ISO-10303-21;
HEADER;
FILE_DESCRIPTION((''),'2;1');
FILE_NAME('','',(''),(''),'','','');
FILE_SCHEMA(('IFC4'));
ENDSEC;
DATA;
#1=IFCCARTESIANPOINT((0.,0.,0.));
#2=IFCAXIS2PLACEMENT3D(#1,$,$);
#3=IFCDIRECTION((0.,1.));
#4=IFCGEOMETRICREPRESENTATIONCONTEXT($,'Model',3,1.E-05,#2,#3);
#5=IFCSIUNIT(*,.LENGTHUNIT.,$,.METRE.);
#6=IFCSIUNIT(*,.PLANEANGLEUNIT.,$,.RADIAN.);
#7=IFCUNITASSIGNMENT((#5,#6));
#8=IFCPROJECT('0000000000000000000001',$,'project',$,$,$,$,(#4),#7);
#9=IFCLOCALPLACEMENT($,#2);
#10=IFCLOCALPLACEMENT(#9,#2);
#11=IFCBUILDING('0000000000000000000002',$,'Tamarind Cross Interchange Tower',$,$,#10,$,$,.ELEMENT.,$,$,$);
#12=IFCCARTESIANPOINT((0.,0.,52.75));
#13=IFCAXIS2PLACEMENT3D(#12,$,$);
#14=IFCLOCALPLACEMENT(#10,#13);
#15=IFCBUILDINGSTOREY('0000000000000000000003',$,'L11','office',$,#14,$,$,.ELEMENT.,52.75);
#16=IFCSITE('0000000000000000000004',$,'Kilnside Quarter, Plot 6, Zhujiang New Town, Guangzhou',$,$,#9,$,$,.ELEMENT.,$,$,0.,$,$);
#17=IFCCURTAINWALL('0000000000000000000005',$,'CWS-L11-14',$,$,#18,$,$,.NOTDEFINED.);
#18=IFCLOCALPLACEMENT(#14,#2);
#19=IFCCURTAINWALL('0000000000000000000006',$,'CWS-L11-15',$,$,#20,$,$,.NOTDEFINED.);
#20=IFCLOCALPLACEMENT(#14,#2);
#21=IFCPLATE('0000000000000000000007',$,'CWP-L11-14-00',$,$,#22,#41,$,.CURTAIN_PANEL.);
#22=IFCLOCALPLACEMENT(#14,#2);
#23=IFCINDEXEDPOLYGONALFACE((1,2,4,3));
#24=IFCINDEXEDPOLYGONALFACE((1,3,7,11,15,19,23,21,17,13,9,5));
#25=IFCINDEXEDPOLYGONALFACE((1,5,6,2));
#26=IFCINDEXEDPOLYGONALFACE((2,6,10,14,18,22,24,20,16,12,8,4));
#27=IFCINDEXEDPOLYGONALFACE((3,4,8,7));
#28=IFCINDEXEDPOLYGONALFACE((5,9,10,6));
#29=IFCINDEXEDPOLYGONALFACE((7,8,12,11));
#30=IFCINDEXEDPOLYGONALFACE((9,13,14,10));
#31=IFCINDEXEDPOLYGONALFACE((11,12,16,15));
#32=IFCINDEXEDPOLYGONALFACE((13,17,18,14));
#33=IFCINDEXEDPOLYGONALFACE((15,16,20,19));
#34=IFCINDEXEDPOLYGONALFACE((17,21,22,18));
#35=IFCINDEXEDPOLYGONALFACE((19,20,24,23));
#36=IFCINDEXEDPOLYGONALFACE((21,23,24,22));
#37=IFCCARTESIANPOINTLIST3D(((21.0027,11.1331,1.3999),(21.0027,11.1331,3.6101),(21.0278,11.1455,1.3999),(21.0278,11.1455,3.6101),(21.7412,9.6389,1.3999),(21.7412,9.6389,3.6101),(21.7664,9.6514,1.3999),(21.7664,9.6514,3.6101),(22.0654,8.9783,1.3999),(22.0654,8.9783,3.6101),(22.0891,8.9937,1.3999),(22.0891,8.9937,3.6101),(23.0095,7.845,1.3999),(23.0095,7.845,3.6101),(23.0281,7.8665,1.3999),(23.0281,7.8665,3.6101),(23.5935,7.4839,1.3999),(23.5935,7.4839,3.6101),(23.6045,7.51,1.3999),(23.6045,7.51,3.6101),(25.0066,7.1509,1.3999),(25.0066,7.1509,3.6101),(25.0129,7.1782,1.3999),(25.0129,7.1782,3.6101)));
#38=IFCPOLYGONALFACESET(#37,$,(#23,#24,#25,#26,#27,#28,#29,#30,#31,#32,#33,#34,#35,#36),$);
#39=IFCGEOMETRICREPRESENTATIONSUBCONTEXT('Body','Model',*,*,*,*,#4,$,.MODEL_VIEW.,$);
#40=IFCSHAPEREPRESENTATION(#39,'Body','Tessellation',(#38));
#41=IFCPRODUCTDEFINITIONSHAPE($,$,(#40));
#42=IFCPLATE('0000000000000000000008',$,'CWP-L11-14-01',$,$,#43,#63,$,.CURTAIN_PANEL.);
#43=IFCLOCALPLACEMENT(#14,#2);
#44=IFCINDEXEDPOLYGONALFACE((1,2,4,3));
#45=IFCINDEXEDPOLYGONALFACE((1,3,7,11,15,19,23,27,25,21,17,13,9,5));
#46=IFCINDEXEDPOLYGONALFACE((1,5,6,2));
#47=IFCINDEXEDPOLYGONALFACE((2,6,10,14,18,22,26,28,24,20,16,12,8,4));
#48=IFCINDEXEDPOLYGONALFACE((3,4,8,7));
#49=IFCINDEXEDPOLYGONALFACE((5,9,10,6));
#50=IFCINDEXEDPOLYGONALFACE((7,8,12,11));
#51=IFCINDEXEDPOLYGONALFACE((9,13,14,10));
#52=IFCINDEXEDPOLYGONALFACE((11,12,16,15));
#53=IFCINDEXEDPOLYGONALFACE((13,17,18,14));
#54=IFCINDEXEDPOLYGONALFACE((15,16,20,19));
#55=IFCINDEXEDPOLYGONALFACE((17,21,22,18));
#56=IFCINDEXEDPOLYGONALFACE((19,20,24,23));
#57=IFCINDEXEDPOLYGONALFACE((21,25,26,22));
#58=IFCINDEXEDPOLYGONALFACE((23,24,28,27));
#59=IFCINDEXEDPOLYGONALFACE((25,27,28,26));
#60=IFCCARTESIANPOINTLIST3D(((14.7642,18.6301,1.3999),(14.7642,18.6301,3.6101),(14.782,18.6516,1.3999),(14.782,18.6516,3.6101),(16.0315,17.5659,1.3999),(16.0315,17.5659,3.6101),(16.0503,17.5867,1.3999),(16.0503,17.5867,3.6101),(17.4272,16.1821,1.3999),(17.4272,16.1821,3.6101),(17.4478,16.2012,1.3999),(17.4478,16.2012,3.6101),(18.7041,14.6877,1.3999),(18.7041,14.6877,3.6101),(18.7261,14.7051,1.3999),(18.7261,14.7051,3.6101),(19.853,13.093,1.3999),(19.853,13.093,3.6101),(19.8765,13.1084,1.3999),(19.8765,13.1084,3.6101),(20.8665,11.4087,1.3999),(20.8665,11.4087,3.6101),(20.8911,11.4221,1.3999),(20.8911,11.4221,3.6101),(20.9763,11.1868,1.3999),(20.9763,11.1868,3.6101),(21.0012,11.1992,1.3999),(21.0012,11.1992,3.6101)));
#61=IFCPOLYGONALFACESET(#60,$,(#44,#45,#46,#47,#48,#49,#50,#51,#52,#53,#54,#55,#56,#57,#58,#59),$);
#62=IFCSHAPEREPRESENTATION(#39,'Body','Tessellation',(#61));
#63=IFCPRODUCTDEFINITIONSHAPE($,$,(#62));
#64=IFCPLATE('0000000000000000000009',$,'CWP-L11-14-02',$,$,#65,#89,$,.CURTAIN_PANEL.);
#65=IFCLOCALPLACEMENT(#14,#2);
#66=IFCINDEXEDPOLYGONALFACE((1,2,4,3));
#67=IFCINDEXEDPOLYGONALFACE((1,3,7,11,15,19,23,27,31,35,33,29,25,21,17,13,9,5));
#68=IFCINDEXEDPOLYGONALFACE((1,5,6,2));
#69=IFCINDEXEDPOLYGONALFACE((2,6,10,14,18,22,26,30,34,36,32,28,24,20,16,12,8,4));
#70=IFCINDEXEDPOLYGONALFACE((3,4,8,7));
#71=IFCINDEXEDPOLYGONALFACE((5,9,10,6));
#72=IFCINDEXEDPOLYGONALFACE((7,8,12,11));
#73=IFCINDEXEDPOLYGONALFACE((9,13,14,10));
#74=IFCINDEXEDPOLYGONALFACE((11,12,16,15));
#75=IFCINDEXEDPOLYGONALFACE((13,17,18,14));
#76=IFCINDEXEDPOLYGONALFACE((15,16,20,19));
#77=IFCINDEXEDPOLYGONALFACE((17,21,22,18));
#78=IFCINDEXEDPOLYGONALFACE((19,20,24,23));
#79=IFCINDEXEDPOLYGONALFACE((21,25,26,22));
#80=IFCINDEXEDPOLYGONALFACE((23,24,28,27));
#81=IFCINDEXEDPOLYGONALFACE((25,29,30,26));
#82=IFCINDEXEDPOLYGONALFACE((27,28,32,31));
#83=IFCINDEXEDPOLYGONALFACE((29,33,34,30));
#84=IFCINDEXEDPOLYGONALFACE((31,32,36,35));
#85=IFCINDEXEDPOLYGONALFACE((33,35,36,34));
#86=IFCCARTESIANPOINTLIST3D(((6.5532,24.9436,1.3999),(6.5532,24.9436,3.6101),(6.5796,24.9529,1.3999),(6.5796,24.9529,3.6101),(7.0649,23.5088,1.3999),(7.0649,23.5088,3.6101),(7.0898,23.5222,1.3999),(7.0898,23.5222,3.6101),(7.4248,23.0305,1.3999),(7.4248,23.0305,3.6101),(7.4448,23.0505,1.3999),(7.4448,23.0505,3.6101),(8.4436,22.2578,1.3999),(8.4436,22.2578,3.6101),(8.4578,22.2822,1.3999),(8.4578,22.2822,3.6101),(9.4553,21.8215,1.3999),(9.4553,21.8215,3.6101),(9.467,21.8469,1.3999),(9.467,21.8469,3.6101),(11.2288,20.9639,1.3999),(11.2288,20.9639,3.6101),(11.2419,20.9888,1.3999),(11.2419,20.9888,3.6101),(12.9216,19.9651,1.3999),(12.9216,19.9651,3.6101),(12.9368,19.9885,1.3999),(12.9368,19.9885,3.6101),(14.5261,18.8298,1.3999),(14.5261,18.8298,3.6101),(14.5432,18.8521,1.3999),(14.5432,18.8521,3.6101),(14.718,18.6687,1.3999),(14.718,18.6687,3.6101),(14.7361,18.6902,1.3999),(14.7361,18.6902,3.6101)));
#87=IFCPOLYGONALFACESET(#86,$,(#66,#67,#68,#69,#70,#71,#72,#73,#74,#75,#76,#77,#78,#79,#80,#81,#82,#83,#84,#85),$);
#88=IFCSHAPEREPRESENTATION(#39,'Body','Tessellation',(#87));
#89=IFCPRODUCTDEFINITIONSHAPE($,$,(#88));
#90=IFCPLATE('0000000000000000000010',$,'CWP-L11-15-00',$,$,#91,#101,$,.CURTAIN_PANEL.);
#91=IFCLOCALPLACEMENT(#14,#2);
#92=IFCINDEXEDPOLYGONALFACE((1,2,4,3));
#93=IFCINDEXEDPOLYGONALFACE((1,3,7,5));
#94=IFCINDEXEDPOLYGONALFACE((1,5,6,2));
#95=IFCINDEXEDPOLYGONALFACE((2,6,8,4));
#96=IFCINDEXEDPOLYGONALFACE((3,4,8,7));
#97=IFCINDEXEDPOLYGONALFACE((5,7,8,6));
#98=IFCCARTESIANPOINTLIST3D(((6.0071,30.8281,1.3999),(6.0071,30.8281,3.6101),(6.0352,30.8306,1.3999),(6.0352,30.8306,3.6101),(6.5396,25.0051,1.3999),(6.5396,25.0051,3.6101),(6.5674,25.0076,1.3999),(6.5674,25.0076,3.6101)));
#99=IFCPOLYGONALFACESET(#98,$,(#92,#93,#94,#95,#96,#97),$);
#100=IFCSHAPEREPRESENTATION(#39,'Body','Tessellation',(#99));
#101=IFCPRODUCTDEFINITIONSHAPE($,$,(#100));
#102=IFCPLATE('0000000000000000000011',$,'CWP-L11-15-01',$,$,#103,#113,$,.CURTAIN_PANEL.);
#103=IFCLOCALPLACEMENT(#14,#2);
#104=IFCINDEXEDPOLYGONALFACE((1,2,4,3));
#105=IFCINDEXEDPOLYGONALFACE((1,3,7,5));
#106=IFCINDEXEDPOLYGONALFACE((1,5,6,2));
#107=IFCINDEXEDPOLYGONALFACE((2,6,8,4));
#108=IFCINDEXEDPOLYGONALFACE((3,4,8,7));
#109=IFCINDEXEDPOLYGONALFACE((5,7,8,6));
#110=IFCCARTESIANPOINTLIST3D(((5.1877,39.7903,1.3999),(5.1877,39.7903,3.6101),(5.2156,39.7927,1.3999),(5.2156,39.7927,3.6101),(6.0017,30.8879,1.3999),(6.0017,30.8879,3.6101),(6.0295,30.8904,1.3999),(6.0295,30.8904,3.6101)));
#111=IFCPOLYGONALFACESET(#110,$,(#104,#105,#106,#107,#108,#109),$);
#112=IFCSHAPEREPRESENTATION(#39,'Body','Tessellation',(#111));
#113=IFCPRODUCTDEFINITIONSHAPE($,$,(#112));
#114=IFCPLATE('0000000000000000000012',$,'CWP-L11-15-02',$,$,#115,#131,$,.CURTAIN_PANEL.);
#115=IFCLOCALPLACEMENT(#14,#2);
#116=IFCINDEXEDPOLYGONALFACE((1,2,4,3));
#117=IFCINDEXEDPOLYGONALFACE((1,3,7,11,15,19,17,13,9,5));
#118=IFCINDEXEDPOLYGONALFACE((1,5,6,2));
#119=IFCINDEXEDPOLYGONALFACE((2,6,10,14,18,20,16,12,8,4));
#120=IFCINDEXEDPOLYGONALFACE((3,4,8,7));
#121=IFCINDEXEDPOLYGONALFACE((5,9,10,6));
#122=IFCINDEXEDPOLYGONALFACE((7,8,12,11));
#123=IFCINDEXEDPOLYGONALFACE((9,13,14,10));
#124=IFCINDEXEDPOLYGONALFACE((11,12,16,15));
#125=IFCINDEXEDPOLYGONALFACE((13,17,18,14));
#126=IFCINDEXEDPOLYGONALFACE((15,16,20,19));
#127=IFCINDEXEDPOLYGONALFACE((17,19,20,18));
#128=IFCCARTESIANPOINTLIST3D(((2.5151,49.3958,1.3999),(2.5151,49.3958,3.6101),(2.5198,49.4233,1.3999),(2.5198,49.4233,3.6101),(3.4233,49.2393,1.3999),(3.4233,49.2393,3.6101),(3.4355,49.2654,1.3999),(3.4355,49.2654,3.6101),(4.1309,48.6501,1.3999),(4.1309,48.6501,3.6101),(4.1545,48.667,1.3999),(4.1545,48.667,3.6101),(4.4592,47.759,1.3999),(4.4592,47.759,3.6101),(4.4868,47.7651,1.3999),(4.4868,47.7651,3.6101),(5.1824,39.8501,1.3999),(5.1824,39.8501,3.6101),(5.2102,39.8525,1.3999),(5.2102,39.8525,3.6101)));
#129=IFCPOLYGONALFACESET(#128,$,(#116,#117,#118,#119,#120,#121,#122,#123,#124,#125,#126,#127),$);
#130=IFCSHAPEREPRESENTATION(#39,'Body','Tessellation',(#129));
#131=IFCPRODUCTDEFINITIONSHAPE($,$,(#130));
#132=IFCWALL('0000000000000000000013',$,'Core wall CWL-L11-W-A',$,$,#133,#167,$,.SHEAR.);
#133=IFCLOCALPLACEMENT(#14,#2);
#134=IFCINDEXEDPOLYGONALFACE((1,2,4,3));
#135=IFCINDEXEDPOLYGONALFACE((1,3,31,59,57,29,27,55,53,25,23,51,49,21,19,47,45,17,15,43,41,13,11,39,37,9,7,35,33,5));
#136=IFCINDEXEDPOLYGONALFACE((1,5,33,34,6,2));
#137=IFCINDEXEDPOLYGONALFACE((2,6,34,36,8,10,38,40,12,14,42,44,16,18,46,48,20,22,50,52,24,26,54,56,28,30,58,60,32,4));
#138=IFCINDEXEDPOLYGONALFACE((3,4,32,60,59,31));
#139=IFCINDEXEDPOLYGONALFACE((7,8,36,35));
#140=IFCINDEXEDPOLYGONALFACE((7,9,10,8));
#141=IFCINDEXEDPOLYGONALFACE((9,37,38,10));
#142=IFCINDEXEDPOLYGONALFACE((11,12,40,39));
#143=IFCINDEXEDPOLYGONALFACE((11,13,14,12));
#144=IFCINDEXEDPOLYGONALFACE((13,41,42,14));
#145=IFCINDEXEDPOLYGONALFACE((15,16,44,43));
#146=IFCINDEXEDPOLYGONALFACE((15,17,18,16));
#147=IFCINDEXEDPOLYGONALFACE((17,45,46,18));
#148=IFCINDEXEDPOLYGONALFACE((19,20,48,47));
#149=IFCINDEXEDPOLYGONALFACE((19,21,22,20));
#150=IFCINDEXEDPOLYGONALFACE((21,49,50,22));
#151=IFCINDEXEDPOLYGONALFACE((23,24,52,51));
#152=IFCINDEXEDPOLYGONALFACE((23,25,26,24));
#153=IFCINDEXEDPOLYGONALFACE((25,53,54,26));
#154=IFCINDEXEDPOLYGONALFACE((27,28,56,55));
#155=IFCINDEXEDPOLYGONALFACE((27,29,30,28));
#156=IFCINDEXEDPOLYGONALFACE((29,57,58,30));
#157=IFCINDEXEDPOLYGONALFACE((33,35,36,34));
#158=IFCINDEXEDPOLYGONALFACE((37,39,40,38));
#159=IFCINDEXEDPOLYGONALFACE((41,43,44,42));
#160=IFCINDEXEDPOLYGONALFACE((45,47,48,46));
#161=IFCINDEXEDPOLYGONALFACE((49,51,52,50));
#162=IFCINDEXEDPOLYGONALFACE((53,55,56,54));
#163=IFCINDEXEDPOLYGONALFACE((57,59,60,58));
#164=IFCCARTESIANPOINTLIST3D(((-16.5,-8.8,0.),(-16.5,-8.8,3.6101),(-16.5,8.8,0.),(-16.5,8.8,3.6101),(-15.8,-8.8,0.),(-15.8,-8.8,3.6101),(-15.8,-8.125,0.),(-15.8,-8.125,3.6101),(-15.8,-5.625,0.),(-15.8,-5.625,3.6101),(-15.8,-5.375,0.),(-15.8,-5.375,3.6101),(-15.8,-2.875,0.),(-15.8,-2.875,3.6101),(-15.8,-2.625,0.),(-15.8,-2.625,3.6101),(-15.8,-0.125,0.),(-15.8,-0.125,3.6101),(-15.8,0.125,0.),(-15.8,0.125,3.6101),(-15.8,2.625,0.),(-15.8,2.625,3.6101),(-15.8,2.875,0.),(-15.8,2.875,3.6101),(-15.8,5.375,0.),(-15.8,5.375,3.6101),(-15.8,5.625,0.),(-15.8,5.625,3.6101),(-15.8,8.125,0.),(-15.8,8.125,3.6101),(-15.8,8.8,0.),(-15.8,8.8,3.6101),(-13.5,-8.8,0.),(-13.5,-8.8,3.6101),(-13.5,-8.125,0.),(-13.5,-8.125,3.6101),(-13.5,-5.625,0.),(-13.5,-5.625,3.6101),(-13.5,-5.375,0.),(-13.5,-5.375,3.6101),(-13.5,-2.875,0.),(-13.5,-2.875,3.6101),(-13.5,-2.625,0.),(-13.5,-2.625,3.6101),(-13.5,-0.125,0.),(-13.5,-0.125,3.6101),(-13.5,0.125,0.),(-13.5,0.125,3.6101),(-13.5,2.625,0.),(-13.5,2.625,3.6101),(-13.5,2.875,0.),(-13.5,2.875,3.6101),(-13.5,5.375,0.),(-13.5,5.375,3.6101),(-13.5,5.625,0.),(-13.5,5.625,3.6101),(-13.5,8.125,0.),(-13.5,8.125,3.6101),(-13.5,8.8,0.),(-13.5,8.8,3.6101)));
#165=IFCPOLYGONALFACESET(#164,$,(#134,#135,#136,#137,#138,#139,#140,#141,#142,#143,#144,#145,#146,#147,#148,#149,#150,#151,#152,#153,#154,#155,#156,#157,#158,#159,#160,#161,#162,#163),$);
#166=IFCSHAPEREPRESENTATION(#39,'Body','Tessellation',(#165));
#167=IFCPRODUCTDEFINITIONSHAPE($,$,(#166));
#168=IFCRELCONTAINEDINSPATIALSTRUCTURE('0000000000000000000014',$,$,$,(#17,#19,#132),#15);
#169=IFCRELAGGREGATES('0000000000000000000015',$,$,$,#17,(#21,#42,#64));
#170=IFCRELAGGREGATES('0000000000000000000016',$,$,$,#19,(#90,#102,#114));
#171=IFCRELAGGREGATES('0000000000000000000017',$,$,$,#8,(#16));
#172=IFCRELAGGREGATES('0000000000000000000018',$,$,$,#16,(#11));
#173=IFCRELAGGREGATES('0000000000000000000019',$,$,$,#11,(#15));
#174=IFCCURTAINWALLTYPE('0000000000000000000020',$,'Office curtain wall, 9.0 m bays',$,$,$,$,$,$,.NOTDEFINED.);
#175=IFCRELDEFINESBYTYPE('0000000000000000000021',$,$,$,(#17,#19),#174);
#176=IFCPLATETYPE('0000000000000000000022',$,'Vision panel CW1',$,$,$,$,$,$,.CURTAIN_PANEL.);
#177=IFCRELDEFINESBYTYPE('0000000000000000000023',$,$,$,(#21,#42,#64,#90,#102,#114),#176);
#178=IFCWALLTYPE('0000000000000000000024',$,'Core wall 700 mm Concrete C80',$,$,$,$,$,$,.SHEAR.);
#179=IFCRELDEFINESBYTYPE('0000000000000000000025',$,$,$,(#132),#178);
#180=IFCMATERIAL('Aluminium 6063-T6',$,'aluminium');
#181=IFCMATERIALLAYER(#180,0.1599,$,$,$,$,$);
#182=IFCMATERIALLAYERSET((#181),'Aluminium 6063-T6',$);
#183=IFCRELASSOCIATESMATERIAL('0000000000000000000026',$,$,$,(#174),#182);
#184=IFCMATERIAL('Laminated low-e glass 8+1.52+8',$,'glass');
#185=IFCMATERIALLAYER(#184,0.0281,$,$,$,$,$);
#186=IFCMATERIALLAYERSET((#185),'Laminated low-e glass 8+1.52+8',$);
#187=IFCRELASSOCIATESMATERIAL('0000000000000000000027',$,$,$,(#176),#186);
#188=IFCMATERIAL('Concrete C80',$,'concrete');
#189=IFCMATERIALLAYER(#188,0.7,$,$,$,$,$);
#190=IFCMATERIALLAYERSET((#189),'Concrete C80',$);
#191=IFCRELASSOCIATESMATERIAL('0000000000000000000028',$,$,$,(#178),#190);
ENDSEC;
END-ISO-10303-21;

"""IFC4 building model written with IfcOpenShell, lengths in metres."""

from ifc_helpers import new_model, si_unit, direction, frame, origin, place, context, subcontext, project, spatial, polyline, outline, extrude, material, layer, layer_set, type_object, element, aggregate, save


model = new_model("IFC4")

# Units and contexts
model_context = context("Model", 3, precision=1e-05, world=origin(), true_north=direction((0.0, 1.0)))
body_context = subcontext(model_context, "Body", "Model", "MODEL_VIEW")
ifc_project = project(units=[si_unit("LENGTHUNIT", "METRE"), si_unit("PLANEANGLEUNIT", "RADIAN")], contexts=[model_context])

# Site, building, storey
site_placement = place(None, origin())
site = spatial("IfcSite", under=ifc_project, at=site_placement, Name="Kilnside Quarter, Plot 6, Zhujiang New Town, Guangzhou", CompositionType="ELEMENT", RefElevation=0.0)
building_placement = place(site_placement, origin())
building = spatial("IfcBuilding", under=site, at=building_placement, Name="Tamarind Cross Interchange Tower", CompositionType="ELEMENT")
storey_placement = place(building_placement, frame((0.0, 0.0, 52.75)))
storey = spatial("IfcBuildingStorey", under=building, at=storey_placement, Name="L11", Description="office", CompositionType="ELEMENT", Elevation=52.75)

# Curtain walls
ifc_material_1 = material(Name="Aluminium 6063-T6", Category="aluminium")
ifc_layer_1 = layer(ifc_material_1, 0.1599)
ifc_layer_set_1 = layer_set([ifc_layer_1], Name="Aluminium 6063-T6")
curtain_wall_type = type_object("IfcCurtainWallType", Name="Office curtain wall, 9.0 m bays", PredefinedType="NOTDEFINED", material=ifc_layer_set_1)
curtain_wall_1_placement = place(storey_placement, origin())
curtain_wall_1 = element("IfcCurtainWall", 1, at=curtain_wall_1_placement, inside=storey, type_object=curtain_wall_type, Name="CWS-L11-14", PredefinedType="NOTDEFINED")
curtain_wall_2_placement = place(storey_placement, origin())
curtain_wall_2 = element("IfcCurtainWall", 2, at=curtain_wall_2_placement, inside=storey, type_object=curtain_wall_type, Name="CWS-L11-15", PredefinedType="NOTDEFINED")

# Plates
ifc_material_2 = material(Name="Laminated low-e glass 8+1.52+8", Category="glass")
ifc_layer_2 = layer(ifc_material_2, 0.0281)
ifc_layer_set_2 = layer_set([ifc_layer_2], Name="Laminated low-e glass 8+1.52+8")
plate_type = type_object("IfcPlateType", Name="Vision panel CW1", PredefinedType="CURTAIN_PANEL", material=ifc_layer_set_2)
plate_1_placement = place(storey_placement, frame((0.0, 0.0, 1.3999)))
plate_1 = element("IfcPlate", 3, at=plate_1_placement, type_object=plate_type, Name="CWP-L11-14-00", PredefinedType="CURTAIN_PANEL", context=body_context, shape_type="SweptSolid", body=[
    extrude(outline(polyline([(25.0066, 7.1509), (23.5935, 7.4839), (23.0095, 7.845), (22.0654, 8.9783), (21.7412, 9.6389), (21.0027, 11.1331), (21.0278, 11.1455), (21.7664, 9.6514), (22.0891, 8.9937), (23.0281, 7.8665), (23.6045, 7.51), (25.0129, 7.1782), (25.0066, 7.1509)])), origin(), (0.0, 0.0, 1.0), 2.2102),
])
plate_2_placement = place(storey_placement, frame((0.0, 0.0, 1.3999)))
plate_2 = element("IfcPlate", 4, at=plate_2_placement, type_object=plate_type, Name="CWP-L11-14-01", PredefinedType="CURTAIN_PANEL", context=body_context, shape_type="SweptSolid", body=[
    extrude(outline(polyline([(20.9763, 11.1868), (20.8665, 11.4087), (19.853, 13.093), (18.7041, 14.6877), (17.4272, 16.1821), (16.0315, 17.5659), (14.7642, 18.6301), (14.782, 18.6516), (16.0503, 17.5867), (17.4478, 16.2012), (18.7261, 14.7051), (19.8765, 13.1084), (20.8911, 11.4221), (21.0012, 11.1992), (20.9763, 11.1868)])), origin(), (0.0, 0.0, 1.0), 2.2102),
])
plate_3_placement = place(storey_placement, frame((0.0, 0.0, 1.3999)))
plate_3 = element("IfcPlate", 5, at=plate_3_placement, type_object=plate_type, Name="CWP-L11-14-02", PredefinedType="CURTAIN_PANEL", context=body_context, shape_type="SweptSolid", body=[
    extrude(outline(polyline([(14.718, 18.6687), (14.5261, 18.8298), (12.9216, 19.9651), (11.2288, 20.9639), (9.4553, 21.8215), (8.4436, 22.2578), (7.4248, 23.0305), (7.0649, 23.5088), (6.5532, 24.9436), (6.5796, 24.9529), (7.0898, 23.5222), (7.4448, 23.0505), (8.4578, 22.2822), (9.467, 21.8469), (11.2419, 20.9888), (12.9368, 19.9885), (14.5432, 18.8521), (14.7361, 18.6902), (14.718, 18.6687)])), origin(), (0.0, 0.0, 1.0), 2.2102),
])
aggregate(curtain_wall_1, [plate_1, plate_2, plate_3])
plate_4_placement = place(storey_placement, frame((0.0, 0.0, 1.3999)))
plate_4 = element("IfcPlate", 6, at=plate_4_placement, type_object=plate_type, Name="CWP-L11-15-00", PredefinedType="CURTAIN_PANEL", context=body_context, shape_type="SweptSolid", body=[
    extrude(outline(polyline([(6.5396, 25.0051), (6.0071, 30.8281), (6.0352, 30.8306), (6.5674, 25.0076), (6.5396, 25.0051)])), origin(), (0.0, 0.0, 1.0), 2.2102),
])
plate_5_placement = place(storey_placement, frame((0.0, 0.0, 1.3999)))
plate_5 = element("IfcPlate", 7, at=plate_5_placement, type_object=plate_type, Name="CWP-L11-15-01", PredefinedType="CURTAIN_PANEL", context=body_context, shape_type="SweptSolid", body=[
    extrude(outline(polyline([(6.0017, 30.8879), (5.1877, 39.7903), (5.2156, 39.7927), (6.0295, 30.8904), (6.0017, 30.8879)])), origin(), (0.0, 0.0, 1.0), 2.2102),
])
plate_6_placement = place(storey_placement, frame((0.0, 0.0, 1.3999)))
plate_6 = element("IfcPlate", 8, at=plate_6_placement, type_object=plate_type, Name="CWP-L11-15-02", PredefinedType="CURTAIN_PANEL", context=body_context, shape_type="SweptSolid", body=[
    extrude(outline(polyline([(5.1824, 39.8501), (4.4592, 47.759), (4.1309, 48.6501), (3.4233, 49.2393), (2.5151, 49.3958), (2.5198, 49.4233), (3.4355, 49.2654), (4.1545, 48.667), (4.4868, 47.7651), (5.2102, 39.8525), (5.1824, 39.8501)])), origin(), (0.0, 0.0, 1.0), 2.2102),
])
aggregate(curtain_wall_2, [plate_4, plate_5, plate_6])

# Wall
ifc_material_3 = material(Name="Concrete C80", Category="concrete")
ifc_layer_3 = layer(ifc_material_3, 0.7)
ifc_layer_set_3 = layer_set([ifc_layer_3], Name="Concrete C80")
wall_type_1 = type_object("IfcWallType", Name="Core wall 700 mm Concrete C80", PredefinedType="SHEAR", material=ifc_layer_set_3)
wall_1_placement = place(storey_placement, origin())
element("IfcWall", 9, at=wall_1_placement, inside=storey, type_object=wall_type_1, Name="Core wall CWL-L11-W-A", PredefinedType="SHEAR", context=body_context, shape_type="SweptSolid", body=[
    extrude(outline(polyline([(-13.5, -8.8), (-13.5, -8.125), (-15.8, -8.125), (-15.8, -5.625), (-13.5, -5.625), (-13.5, -5.375), (-15.8, -5.375), (-15.8, -2.875), (-13.5, -2.875), (-13.5, -2.625), (-15.8, -2.625), (-15.8, -0.125), (-13.5, -0.125), (-13.5, 0.125), (-15.8, 0.125), (-15.8, 2.625), (-13.5, 2.625), (-13.5, 2.875), (-15.8, 2.875), (-15.8, 5.375), (-13.5, 5.375), (-13.5, 5.625), (-15.8, 5.625), (-15.8, 8.125), (-13.5, 8.125), (-13.5, 8.8), (-15.8, 8.8), (-16.5, 8.8), (-16.5, -8.8), (-15.8, -8.8), (-13.5, -8.8)])), origin(), (0.0, 0.0, 1.0), 3.6101),
])

save(model, "model.ifc")
